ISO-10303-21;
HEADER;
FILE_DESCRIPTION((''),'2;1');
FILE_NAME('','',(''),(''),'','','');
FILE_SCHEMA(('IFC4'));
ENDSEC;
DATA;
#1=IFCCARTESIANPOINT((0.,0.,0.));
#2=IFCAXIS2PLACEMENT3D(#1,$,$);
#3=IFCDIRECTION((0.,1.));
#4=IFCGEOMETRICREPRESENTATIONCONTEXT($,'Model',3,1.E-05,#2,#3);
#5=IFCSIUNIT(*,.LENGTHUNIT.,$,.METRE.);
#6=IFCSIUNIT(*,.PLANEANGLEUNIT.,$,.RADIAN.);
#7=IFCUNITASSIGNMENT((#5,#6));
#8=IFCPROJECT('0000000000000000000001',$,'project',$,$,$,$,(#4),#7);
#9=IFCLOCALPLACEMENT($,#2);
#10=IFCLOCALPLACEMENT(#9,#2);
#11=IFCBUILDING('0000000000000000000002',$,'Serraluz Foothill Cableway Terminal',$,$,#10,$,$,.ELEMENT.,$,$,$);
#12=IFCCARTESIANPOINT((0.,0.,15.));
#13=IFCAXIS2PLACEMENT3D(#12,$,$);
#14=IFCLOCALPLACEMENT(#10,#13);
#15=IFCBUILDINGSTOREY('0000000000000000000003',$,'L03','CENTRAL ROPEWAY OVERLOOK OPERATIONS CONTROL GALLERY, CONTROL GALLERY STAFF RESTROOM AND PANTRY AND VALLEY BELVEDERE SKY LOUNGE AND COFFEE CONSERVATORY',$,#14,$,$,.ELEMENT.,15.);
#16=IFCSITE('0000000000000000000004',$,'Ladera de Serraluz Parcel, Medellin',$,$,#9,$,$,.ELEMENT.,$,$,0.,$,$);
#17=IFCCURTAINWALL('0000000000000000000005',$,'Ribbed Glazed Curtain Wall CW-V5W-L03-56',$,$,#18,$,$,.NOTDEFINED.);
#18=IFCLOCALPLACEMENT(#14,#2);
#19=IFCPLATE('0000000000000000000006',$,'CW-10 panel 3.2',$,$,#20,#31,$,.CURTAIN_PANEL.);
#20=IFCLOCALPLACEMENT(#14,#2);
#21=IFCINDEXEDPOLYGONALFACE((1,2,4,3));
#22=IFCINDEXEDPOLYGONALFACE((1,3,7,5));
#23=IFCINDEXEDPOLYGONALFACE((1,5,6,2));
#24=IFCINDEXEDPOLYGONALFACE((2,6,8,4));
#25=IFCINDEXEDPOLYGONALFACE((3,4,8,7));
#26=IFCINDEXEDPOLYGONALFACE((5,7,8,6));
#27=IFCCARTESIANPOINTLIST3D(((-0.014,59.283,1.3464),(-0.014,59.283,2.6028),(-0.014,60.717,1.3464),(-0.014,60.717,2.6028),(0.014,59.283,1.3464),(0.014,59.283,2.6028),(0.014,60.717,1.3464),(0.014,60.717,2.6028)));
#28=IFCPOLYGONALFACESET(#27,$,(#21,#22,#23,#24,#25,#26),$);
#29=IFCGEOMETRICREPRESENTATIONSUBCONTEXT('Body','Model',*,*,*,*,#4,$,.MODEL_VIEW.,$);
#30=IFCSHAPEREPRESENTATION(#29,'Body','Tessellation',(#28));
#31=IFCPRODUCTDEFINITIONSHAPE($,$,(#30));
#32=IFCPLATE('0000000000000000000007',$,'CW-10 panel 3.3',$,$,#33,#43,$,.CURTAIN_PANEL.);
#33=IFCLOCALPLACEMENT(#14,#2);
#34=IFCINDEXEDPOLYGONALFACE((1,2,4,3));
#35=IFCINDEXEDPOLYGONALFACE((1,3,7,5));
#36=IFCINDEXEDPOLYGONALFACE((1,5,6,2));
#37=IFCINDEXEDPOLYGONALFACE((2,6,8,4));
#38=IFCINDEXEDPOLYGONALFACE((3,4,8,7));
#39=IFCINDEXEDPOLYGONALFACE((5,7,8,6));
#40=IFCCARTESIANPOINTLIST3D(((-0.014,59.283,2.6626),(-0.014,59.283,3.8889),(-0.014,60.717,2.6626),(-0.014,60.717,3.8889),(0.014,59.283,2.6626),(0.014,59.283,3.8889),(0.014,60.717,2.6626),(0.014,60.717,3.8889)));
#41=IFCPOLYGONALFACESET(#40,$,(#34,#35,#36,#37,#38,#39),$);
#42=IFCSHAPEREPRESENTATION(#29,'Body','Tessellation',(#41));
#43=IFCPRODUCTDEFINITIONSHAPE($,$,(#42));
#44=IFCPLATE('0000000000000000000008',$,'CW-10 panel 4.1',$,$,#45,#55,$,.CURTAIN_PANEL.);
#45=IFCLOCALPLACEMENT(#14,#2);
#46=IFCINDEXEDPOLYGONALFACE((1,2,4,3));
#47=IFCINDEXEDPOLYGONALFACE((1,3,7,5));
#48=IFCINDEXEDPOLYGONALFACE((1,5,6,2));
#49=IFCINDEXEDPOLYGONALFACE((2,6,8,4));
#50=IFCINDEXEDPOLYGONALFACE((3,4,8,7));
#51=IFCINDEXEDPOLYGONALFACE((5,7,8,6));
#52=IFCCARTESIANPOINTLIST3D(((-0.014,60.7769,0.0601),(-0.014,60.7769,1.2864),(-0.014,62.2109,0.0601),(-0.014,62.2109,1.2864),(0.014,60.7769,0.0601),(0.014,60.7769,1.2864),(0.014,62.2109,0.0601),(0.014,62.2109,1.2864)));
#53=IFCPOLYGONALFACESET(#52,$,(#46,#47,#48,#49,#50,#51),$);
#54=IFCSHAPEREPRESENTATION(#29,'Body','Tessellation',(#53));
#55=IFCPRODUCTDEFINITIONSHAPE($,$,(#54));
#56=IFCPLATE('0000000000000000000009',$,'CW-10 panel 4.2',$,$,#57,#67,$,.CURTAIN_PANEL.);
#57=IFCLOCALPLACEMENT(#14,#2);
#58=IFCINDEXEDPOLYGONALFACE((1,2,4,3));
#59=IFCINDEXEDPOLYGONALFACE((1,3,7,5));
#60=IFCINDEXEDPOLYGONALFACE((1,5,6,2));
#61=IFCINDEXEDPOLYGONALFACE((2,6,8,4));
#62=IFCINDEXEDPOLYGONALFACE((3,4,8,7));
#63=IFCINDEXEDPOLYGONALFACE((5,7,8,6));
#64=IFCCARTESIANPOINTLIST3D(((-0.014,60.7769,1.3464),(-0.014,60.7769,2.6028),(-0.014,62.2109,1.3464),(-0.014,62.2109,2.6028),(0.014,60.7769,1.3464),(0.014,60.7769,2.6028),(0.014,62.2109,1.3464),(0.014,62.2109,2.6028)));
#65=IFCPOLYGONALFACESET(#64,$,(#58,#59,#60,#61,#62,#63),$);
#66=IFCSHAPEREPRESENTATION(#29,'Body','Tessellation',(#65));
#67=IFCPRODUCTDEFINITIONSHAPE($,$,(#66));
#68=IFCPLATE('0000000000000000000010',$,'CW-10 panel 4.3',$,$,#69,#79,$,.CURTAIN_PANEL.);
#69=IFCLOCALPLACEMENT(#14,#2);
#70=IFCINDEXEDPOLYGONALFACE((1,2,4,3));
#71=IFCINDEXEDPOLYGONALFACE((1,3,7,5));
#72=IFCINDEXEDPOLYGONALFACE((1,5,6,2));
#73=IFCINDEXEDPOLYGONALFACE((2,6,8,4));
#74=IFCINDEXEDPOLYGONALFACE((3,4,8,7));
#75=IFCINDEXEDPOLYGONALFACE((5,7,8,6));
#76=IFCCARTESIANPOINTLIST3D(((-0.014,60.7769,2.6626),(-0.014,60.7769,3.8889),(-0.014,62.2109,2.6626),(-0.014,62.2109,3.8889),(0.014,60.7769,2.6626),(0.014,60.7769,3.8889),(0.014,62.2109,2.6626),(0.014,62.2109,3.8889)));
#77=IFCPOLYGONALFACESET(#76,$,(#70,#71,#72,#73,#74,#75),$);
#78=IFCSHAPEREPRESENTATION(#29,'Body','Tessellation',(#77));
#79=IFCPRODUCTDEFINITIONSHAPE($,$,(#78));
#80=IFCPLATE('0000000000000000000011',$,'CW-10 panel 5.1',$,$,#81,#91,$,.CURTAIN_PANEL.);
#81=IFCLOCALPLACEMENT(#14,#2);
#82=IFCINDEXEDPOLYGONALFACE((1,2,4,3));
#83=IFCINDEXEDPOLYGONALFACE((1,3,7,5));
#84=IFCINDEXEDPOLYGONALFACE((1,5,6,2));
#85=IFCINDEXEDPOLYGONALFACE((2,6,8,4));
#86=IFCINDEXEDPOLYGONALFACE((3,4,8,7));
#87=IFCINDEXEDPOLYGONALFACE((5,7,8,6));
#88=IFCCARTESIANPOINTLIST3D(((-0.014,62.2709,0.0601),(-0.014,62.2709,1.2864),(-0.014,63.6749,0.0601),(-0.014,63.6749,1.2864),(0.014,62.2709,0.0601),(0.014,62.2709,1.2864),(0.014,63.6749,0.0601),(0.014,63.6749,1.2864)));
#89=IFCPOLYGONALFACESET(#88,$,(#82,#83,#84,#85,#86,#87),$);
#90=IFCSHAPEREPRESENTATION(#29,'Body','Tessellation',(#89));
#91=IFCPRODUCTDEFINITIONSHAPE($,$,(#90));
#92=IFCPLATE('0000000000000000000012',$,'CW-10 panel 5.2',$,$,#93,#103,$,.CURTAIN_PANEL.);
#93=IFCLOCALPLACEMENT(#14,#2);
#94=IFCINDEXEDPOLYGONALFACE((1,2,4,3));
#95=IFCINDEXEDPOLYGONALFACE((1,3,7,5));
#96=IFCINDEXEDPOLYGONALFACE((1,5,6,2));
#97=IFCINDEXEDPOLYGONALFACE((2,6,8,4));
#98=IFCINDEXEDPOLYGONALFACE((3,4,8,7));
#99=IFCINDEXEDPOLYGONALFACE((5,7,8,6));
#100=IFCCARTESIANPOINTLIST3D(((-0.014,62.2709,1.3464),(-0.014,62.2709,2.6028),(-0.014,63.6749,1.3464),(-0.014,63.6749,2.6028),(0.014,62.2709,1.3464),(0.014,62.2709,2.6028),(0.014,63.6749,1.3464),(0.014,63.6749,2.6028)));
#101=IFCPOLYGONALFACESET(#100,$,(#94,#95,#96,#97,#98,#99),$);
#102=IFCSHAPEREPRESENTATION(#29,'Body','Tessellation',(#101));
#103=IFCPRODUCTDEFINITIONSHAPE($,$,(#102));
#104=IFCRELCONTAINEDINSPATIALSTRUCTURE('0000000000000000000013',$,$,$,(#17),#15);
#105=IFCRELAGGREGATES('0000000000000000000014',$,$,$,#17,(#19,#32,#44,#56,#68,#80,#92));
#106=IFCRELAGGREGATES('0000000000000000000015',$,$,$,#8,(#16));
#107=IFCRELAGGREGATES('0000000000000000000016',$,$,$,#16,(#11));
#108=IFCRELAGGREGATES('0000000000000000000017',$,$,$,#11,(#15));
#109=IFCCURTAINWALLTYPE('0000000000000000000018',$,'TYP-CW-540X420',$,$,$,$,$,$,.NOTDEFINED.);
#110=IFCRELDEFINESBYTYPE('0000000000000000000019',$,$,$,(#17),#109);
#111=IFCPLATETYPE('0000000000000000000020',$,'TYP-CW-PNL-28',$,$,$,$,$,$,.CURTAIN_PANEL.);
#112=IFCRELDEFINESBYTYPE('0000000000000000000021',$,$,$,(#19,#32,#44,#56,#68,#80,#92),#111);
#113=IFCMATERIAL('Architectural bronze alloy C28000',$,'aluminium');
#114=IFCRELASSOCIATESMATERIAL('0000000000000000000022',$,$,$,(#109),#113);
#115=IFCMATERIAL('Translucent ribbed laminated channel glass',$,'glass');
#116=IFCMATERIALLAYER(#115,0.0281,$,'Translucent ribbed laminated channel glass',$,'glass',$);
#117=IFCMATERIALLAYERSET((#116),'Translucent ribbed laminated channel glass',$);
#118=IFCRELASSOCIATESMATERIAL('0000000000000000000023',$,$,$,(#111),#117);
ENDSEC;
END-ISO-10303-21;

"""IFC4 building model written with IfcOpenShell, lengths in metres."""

from ifc_helpers import new_model, si_unit, direction, frame, origin, origin_2d, place, context, subcontext, project, spatial, rectangle, extrude, material, layer, layer_set, type_object, element, aggregate, save


model = new_model("IFC4")

# Units and contexts
model_context = context("Model", 3, precision=1e-05, world=origin(), true_north=direction((0.0, 1.0)))
body_context = subcontext(model_context, "Body", "Model", "MODEL_VIEW")
ifc_project = project(units=[si_unit("LENGTHUNIT", "METRE"), si_unit("PLANEANGLEUNIT", "RADIAN")], contexts=[model_context])

# Site, building, storey
site_placement = place(None, origin())
site = spatial("IfcSite", under=ifc_project, at=site_placement, Name="Ladera de Serraluz Parcel, Medellin", CompositionType="ELEMENT", RefElevation=0.0)
building_placement = place(site_placement, origin())
building = spatial("IfcBuilding", under=site, at=building_placement, Name="Serraluz Foothill Cableway Terminal", CompositionType="ELEMENT")
storey_placement = place(building_placement, frame((0.0, 0.0, 15.0)))
storey = spatial("IfcBuildingStorey", under=building, at=storey_placement, Name="L03", Description="CENTRAL ROPEWAY OVERLOOK OPERATIONS CONTROL GALLERY, CONTROL GALLERY STAFF RESTROOM AND PANTRY AND VALLEY BELVEDERE SKY LOUNGE AND COFFEE CONSERVATORY", CompositionType="ELEMENT", Elevation=15.0)

# Curtain wall, plates
ifc_material_1 = material(Name="Architectural bronze alloy C28000", Category="aluminium")
curtain_wall_type = type_object("IfcCurtainWallType", Name="TYP-CW-540X420", PredefinedType="NOTDEFINED", material=ifc_material_1)
curtain_wall_placement = place(storey_placement, origin())
curtain_wall = element("IfcCurtainWall", 1, at=curtain_wall_placement, inside=storey, type_object=curtain_wall_type, Name="Ribbed Glazed Curtain Wall CW-V5W-L03-56", PredefinedType="NOTDEFINED")
ifc_material_2 = material(Name="Translucent ribbed laminated channel glass", Category="glass")
ifc_layer = layer(ifc_material_2, 0.0281, Name="Translucent ribbed laminated channel glass", Category="glass")
ifc_layer_set = layer_set([ifc_layer], Name="Translucent ribbed laminated channel glass")
plate_type = type_object("IfcPlateType", Name="TYP-CW-PNL-28", PredefinedType="CURTAIN_PANEL", material=ifc_layer_set)
plate_1_placement = place(storey_placement, frame((0.0, 60.0, 1.3464), z_axis=(0.0, 0.0, 1.0), x_axis=(0.0, 1.0, 0.0)))
plate_1 = element("IfcPlate", 2, at=plate_1_placement, type_object=plate_type, Name="CW-10 panel 3.2", PredefinedType="CURTAIN_PANEL", context=body_context, shape_type="SweptSolid", body=[
    extrude(rectangle(XDim=1.4341, YDim=0.0281, at=origin_2d()), origin(), (0.0, 0.0, 1.0), 1.2563),
])
plate_2_placement = place(storey_placement, frame((0.0, 60.0, 2.6626), z_axis=(0.0, 0.0, 1.0), x_axis=(0.0, 1.0, 0.0)))
plate_2 = element("IfcPlate", 3, at=plate_2_placement, type_object=plate_type, Name="CW-10 panel 3.3", PredefinedType="CURTAIN_PANEL", context=body_context, shape_type="SweptSolid", body=[
    extrude(rectangle(XDim=1.4341, YDim=0.0281, at=origin_2d()), origin(), (0.0, 0.0, 1.0), 1.2263),
])
plate_3_placement = place(storey_placement, frame((0.0, 61.4939, 0.0601), z_axis=(0.0, 0.0, 1.0), x_axis=(0.0, 1.0, 0.0)))
plate_3 = element("IfcPlate", 4, at=plate_3_placement, type_object=plate_type, Name="CW-10 panel 4.1", PredefinedType="CURTAIN_PANEL", context=body_context, shape_type="SweptSolid", body=[
    extrude(rectangle(XDim=1.4341, YDim=0.0281, at=origin_2d()), origin(), (0.0, 0.0, 1.0), 1.2263),
])
plate_4_placement = place(storey_placement, frame((0.0, 61.4939, 1.3464), z_axis=(0.0, 0.0, 1.0), x_axis=(0.0, 1.0, 0.0)))
plate_4 = element("IfcPlate", 5, at=plate_4_placement, type_object=plate_type, Name="CW-10 panel 4.2", PredefinedType="CURTAIN_PANEL", context=body_context, shape_type="SweptSolid", body=[
    extrude(rectangle(XDim=1.4341, YDim=0.0281, at=origin_2d()), origin(), (0.0, 0.0, 1.0), 1.2563),
])
plate_5_placement = place(storey_placement, frame((0.0, 61.4939, 2.6626), z_axis=(0.0, 0.0, 1.0), x_axis=(0.0, 1.0, 0.0)))
plate_5 = element("IfcPlate", 6, at=plate_5_placement, type_object=plate_type, Name="CW-10 panel 4.3", PredefinedType="CURTAIN_PANEL", context=body_context, shape_type="SweptSolid", body=[
    extrude(rectangle(XDim=1.4341, YDim=0.0281, at=origin_2d()), origin(), (0.0, 0.0, 1.0), 1.2263),
])
plate_6_placement = place(storey_placement, frame((0.0, 62.9729, 0.0601), z_axis=(0.0, 0.0, 1.0), x_axis=(0.0, 1.0, 0.0)))
plate_6 = element("IfcPlate", 7, at=plate_6_placement, type_object=plate_type, Name="CW-10 panel 5.1", PredefinedType="CURTAIN_PANEL", context=body_context, shape_type="SweptSolid", body=[
    extrude(rectangle(XDim=1.4041, YDim=0.0281, at=origin_2d()), origin(), (0.0, 0.0, 1.0), 1.2263),
])
plate_7_placement = place(storey_placement, frame((0.0, 62.9729, 1.3464), z_axis=(0.0, 0.0, 1.0), x_axis=(0.0, 1.0, 0.0)))
plate_7 = element("IfcPlate", 8, at=plate_7_placement, type_object=plate_type, Name="CW-10 panel 5.2", PredefinedType="CURTAIN_PANEL", context=body_context, shape_type="SweptSolid", body=[
    extrude(rectangle(XDim=1.4041, YDim=0.0281, at=origin_2d()), origin(), (0.0, 0.0, 1.0), 1.2563),
])
aggregate(curtain_wall, [plate_1, plate_2, plate_3, plate_4, plate_5, plate_6, plate_7])

save(model, "model.ifc")
